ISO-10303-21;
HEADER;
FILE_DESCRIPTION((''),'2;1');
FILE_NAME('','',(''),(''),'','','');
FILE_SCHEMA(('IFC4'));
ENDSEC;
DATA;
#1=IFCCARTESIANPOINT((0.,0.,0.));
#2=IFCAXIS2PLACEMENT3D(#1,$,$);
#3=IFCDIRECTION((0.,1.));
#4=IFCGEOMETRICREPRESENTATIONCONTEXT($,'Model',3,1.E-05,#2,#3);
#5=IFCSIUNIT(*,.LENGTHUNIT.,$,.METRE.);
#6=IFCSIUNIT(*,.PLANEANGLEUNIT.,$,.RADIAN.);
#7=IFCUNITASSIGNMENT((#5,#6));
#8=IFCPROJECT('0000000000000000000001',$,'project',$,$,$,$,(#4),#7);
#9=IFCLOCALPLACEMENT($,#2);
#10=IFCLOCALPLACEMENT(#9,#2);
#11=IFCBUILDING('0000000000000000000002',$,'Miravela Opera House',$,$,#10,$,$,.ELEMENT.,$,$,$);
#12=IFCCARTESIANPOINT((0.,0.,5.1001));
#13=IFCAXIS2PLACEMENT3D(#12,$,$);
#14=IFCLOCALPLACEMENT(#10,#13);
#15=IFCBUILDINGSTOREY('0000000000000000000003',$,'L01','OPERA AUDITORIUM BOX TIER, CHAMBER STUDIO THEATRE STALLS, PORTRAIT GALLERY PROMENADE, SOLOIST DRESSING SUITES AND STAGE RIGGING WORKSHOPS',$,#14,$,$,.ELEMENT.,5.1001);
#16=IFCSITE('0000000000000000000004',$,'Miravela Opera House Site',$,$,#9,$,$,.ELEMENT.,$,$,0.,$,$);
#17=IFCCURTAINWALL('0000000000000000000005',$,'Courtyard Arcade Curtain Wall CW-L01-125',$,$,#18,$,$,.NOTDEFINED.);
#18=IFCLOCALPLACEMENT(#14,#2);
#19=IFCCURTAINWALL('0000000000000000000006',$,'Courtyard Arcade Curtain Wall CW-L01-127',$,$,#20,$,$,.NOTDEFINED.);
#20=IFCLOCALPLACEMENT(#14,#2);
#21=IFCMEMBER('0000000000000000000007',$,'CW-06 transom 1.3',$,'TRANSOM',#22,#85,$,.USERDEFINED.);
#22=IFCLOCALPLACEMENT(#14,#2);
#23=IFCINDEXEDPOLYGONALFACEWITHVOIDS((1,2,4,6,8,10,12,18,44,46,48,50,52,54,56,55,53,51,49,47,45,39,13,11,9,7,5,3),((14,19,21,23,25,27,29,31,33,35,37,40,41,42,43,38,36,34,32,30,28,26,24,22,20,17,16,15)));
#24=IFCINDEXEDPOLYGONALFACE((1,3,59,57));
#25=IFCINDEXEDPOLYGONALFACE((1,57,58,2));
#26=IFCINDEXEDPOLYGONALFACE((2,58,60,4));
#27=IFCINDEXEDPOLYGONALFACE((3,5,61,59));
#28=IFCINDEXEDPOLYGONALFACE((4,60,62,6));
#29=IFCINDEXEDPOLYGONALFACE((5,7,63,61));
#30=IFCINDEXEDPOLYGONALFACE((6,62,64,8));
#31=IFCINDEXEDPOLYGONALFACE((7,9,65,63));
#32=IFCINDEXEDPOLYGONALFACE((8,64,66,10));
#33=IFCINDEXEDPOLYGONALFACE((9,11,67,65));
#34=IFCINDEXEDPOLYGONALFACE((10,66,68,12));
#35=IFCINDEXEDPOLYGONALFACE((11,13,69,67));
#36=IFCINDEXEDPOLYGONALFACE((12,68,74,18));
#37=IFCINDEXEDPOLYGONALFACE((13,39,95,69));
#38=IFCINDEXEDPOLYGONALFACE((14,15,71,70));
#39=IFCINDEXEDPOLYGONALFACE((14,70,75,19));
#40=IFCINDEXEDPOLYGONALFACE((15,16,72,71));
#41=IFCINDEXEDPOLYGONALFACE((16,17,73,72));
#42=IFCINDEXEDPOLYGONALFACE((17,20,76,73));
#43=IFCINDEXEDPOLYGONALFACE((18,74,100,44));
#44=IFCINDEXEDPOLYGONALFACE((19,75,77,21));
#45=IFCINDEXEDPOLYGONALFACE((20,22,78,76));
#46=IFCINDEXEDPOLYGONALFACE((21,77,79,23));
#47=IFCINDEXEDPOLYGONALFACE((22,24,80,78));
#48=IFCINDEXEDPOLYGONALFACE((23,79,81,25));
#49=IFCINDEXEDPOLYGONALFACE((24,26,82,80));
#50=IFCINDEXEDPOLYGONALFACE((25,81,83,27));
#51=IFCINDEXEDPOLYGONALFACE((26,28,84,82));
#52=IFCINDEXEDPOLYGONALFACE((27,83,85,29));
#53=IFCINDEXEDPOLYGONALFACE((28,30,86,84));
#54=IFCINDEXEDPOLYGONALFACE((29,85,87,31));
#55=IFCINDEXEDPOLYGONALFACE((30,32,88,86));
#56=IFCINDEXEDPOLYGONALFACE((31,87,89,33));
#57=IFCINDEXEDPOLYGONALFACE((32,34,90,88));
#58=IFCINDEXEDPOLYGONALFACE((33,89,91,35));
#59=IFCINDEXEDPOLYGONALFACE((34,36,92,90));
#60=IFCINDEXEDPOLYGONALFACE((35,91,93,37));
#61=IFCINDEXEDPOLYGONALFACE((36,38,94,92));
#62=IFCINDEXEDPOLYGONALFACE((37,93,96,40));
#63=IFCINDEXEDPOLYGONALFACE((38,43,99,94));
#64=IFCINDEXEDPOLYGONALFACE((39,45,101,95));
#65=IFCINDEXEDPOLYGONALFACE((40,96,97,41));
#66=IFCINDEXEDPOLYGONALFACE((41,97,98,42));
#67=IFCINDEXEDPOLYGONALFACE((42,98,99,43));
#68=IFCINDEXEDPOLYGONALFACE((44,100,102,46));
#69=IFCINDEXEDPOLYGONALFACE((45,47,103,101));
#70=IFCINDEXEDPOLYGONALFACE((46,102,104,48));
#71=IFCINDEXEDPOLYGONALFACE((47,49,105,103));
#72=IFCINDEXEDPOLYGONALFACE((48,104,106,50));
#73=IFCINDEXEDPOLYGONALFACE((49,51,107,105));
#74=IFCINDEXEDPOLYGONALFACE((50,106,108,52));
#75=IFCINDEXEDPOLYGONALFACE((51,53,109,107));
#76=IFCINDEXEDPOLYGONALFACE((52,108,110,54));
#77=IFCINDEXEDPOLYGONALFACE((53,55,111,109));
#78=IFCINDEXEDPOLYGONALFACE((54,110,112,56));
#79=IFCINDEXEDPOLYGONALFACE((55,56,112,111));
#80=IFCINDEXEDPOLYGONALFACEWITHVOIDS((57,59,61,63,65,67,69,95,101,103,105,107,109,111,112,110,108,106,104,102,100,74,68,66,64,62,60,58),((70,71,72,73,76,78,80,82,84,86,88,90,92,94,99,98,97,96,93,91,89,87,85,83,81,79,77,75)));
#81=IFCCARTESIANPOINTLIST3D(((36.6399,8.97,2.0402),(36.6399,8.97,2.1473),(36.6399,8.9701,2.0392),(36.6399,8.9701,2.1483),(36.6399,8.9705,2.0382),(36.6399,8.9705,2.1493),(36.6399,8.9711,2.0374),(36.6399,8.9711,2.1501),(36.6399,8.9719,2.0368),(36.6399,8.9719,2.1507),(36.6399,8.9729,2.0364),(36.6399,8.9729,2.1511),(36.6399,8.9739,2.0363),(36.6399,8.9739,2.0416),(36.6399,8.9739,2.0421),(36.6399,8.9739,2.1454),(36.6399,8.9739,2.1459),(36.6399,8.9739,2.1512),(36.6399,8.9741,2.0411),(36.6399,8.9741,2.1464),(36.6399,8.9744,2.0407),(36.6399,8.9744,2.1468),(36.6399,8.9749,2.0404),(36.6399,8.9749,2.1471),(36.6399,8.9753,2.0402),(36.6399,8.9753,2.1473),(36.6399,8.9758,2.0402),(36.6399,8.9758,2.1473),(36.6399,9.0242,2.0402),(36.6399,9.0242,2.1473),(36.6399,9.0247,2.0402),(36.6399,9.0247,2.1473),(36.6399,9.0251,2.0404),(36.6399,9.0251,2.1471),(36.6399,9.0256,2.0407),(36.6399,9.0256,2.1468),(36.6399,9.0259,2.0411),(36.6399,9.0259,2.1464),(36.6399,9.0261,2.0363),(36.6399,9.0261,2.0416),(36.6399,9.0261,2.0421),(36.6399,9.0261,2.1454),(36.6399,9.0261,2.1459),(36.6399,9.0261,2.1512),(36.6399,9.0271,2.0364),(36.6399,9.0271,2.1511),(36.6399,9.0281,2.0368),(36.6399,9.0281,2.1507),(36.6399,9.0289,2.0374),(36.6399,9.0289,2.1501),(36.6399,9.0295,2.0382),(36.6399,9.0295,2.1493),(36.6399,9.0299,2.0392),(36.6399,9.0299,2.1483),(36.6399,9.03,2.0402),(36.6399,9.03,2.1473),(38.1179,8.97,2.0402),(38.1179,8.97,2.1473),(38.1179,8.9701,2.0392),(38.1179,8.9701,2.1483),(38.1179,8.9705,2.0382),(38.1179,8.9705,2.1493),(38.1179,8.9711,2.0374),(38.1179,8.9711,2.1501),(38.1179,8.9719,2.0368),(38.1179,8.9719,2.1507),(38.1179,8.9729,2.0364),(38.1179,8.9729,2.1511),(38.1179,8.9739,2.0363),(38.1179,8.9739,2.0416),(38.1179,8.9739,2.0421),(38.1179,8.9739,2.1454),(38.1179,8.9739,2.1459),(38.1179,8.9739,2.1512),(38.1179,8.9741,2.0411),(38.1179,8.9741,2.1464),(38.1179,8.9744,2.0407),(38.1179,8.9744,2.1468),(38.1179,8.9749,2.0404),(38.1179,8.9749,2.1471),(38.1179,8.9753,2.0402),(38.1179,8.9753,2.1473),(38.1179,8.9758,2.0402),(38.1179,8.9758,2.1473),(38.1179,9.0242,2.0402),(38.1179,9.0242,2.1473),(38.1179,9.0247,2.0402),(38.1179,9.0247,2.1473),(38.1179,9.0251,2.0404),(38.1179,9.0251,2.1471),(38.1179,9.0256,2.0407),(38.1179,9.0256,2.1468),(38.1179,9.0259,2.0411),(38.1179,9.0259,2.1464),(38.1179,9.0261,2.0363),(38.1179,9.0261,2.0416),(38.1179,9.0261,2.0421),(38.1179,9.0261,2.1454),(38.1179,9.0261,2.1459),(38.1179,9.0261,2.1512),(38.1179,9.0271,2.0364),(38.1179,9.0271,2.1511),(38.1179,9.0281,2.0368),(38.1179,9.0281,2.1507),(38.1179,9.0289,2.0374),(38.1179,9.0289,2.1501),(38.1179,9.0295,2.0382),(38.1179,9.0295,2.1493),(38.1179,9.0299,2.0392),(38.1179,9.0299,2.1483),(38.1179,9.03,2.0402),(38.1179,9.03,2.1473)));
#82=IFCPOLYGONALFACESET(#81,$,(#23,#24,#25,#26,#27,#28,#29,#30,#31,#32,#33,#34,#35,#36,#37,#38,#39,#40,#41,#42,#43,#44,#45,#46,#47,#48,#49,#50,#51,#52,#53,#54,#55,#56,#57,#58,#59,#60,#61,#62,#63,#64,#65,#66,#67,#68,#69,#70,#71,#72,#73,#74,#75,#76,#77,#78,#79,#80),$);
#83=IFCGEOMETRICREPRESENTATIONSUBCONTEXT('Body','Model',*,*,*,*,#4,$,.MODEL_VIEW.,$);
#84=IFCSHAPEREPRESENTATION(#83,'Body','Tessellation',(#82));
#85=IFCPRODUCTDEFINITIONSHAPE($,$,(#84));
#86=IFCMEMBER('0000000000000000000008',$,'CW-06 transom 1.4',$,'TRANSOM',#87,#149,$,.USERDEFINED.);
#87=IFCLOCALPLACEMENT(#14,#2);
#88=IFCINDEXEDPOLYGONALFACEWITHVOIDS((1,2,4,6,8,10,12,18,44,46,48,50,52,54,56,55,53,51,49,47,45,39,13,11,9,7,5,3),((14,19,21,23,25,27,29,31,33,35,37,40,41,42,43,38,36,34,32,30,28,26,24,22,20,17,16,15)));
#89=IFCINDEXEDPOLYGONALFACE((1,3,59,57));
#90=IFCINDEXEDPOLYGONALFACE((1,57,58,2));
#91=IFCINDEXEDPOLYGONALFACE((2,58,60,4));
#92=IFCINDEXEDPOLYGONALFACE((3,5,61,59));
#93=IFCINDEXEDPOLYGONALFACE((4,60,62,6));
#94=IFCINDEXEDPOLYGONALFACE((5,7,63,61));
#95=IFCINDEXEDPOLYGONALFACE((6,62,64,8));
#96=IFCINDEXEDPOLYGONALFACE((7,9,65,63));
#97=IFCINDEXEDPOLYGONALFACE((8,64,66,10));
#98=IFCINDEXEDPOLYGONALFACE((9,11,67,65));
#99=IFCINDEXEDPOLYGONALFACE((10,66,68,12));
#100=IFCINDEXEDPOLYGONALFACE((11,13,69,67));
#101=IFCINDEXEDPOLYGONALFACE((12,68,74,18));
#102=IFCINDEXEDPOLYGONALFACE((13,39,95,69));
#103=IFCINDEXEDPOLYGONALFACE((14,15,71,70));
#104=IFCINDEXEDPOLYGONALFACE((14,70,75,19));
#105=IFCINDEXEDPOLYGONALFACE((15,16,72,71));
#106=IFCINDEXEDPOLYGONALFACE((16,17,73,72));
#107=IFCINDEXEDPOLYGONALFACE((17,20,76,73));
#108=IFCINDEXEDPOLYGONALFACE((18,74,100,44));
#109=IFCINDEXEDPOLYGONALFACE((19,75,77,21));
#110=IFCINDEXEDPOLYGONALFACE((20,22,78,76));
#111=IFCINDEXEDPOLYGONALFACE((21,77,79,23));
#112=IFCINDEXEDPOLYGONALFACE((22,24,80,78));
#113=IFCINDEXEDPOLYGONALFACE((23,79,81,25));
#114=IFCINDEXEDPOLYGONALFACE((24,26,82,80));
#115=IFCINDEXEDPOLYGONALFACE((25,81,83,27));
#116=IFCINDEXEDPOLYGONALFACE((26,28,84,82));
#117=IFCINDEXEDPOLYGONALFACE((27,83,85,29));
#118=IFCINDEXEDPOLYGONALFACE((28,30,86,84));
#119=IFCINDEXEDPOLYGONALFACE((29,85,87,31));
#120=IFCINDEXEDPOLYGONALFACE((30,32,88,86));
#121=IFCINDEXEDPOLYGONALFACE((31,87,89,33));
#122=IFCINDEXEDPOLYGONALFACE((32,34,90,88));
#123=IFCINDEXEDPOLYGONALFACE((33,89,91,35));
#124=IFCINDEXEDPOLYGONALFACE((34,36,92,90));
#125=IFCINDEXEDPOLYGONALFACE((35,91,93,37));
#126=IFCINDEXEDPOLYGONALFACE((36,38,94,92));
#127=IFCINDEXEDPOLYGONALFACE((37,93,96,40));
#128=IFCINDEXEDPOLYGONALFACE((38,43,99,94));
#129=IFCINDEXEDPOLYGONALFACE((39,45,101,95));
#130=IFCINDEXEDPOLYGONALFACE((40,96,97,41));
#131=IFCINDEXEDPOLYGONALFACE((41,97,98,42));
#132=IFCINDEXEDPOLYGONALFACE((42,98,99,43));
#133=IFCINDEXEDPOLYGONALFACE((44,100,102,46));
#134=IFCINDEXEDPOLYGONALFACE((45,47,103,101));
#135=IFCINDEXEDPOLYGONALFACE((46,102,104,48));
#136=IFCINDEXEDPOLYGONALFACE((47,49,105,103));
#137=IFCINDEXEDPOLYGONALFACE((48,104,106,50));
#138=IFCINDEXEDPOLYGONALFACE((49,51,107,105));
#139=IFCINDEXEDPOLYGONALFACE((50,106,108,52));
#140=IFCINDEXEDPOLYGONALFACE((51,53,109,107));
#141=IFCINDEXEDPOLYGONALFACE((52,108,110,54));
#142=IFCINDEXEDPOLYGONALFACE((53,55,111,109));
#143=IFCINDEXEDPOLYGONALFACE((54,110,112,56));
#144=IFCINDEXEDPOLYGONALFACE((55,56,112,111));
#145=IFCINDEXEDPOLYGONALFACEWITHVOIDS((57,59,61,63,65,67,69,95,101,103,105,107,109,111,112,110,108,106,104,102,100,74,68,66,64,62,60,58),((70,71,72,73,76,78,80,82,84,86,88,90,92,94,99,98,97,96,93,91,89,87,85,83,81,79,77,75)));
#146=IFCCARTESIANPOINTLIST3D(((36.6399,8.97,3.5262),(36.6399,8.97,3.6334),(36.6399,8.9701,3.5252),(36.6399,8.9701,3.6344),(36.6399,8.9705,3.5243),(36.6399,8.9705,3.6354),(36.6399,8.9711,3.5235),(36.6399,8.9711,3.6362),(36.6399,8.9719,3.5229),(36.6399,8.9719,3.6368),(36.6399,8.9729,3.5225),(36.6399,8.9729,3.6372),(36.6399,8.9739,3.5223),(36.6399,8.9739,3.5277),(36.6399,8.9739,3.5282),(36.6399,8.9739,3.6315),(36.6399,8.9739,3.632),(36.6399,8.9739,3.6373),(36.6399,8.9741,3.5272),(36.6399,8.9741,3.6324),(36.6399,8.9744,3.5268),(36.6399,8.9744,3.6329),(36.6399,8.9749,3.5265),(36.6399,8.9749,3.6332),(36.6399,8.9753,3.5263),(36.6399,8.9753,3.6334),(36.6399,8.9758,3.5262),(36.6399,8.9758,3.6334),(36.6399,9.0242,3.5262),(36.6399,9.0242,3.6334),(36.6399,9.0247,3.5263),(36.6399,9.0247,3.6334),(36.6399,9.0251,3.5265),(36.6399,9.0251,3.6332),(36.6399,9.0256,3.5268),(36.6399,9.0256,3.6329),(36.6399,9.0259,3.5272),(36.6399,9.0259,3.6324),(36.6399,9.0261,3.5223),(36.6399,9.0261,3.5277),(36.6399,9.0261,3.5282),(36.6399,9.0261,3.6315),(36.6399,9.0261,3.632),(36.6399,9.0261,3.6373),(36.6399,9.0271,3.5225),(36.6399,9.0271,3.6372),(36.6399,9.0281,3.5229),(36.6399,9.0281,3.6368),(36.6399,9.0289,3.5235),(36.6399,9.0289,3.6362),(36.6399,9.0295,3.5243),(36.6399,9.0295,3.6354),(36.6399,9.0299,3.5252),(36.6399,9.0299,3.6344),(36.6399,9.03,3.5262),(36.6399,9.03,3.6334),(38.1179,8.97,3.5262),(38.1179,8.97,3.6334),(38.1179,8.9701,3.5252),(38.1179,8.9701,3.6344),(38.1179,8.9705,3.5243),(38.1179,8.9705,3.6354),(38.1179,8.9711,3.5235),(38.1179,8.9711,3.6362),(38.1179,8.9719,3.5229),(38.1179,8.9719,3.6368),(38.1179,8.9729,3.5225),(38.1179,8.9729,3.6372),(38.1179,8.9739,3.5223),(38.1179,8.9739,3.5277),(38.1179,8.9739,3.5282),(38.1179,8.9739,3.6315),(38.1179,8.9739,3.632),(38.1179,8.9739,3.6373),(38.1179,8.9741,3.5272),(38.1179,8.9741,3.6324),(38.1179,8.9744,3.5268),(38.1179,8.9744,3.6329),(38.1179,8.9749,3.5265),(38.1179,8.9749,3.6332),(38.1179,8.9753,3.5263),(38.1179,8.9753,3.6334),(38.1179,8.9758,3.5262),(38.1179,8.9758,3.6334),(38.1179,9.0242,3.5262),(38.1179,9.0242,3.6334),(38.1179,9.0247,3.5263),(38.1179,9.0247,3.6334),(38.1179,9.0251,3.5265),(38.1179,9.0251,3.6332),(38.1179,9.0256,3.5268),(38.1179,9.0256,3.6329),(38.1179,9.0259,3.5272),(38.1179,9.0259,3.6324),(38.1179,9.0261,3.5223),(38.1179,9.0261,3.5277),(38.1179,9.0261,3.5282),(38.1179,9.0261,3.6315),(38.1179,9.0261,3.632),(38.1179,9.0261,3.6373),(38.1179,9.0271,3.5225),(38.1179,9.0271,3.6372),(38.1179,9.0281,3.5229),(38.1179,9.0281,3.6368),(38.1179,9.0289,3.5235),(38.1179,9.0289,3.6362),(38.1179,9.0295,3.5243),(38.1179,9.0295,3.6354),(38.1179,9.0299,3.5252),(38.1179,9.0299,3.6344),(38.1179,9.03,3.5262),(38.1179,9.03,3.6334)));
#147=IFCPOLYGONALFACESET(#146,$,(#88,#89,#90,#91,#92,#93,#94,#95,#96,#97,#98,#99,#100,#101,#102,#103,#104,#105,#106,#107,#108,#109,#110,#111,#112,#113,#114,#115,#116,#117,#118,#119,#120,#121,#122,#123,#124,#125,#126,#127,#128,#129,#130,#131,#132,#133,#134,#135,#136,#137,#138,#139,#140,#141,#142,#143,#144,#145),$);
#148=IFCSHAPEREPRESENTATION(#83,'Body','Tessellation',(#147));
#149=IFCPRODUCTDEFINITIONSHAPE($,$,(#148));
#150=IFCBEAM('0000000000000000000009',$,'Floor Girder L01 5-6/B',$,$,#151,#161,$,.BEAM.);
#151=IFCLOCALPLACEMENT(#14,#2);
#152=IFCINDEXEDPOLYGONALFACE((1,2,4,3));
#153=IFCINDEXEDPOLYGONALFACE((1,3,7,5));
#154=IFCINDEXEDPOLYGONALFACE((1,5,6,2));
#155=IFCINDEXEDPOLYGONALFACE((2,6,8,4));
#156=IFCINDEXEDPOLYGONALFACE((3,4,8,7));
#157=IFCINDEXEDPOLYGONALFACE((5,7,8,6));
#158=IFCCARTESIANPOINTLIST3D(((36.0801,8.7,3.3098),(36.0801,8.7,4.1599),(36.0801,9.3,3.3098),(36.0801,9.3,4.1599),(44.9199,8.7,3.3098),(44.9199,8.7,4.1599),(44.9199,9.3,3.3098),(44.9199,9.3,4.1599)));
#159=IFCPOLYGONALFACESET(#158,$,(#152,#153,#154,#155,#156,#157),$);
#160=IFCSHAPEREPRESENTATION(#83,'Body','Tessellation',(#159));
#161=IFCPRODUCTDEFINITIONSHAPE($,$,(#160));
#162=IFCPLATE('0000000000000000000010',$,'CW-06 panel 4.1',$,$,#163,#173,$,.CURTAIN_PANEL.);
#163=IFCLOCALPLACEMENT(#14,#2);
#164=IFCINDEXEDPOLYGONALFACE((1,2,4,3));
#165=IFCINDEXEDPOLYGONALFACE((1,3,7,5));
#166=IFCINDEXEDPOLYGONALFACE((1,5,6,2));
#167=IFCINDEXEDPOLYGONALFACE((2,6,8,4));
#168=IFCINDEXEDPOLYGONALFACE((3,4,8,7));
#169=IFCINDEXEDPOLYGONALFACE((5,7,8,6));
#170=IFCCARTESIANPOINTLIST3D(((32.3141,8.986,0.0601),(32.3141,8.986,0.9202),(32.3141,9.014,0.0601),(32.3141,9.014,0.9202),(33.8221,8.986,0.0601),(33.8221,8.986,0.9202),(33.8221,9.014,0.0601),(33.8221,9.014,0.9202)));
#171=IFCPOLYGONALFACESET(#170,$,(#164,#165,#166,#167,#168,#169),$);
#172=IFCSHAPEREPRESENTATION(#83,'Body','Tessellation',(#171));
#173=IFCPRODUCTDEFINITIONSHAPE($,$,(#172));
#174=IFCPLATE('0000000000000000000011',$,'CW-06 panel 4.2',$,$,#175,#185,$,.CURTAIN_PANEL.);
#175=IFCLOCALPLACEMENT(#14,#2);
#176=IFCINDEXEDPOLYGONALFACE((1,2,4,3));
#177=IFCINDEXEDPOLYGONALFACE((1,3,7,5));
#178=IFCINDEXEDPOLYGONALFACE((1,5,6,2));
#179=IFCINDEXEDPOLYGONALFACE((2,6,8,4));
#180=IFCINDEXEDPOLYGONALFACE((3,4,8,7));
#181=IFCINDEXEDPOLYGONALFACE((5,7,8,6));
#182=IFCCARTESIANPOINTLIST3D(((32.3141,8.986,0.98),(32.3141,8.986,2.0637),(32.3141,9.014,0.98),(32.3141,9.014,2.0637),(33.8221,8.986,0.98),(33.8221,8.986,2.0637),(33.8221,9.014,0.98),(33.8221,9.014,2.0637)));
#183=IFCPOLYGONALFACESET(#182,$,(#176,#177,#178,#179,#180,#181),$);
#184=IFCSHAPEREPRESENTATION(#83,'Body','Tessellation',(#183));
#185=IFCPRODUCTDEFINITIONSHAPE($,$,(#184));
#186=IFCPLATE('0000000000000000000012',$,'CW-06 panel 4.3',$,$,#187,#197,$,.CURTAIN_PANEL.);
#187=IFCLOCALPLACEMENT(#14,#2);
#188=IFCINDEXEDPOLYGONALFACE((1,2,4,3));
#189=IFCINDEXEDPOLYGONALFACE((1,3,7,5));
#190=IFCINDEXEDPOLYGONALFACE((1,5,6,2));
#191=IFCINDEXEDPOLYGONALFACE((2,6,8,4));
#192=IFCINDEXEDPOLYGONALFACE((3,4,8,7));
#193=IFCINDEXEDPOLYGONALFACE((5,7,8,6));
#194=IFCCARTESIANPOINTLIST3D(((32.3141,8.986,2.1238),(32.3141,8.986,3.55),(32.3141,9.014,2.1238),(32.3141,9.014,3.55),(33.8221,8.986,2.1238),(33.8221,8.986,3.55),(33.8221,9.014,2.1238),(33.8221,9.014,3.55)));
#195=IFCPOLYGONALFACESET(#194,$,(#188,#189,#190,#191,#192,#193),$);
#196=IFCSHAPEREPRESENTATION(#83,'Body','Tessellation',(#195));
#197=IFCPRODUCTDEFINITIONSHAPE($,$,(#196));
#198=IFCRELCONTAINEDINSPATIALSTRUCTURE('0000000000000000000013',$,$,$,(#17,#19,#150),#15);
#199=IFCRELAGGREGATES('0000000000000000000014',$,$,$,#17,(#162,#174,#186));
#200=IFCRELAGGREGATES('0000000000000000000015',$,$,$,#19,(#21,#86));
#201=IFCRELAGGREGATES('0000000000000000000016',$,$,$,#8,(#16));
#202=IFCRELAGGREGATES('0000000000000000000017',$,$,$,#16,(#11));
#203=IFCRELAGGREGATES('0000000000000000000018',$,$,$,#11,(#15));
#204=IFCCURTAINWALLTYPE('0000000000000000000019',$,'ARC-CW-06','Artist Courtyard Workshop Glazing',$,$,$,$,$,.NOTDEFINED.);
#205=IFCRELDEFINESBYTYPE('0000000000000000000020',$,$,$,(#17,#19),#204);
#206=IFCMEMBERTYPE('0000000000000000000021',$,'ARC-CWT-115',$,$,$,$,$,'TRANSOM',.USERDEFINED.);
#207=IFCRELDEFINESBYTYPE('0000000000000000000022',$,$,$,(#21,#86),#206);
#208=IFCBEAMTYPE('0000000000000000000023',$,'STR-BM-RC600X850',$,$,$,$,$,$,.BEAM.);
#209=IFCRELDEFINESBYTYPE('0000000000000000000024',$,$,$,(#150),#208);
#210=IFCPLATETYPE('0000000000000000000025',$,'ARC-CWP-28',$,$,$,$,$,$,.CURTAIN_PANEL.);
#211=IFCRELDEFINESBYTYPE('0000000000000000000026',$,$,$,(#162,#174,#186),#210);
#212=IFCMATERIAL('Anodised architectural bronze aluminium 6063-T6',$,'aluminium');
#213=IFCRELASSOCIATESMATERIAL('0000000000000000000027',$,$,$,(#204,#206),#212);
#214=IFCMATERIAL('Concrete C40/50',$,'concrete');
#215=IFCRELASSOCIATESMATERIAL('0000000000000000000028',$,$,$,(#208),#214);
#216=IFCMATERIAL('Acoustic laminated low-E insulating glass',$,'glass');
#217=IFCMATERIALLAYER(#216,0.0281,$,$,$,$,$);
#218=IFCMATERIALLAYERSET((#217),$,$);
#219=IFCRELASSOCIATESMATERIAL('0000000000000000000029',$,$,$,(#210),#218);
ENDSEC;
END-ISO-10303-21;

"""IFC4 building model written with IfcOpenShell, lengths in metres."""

from ifc_helpers import new_model, si_unit, direction, frame, origin, origin_2d, place, context, subcontext, project, spatial, rectangle, hollow_rectangle, extrude, material, layer, layer_set, material_profile, profile_set, type_object, element, aggregate, save


model = new_model("IFC4")

# Units and contexts
model_context = context("Model", 3, precision=1e-05, world=origin(), true_north=direction((0.0, 1.0)))
body_context = subcontext(model_context, "Body", "Model", "MODEL_VIEW")
ifc_project = project(units=[si_unit("LENGTHUNIT", "METRE"), si_unit("PLANEANGLEUNIT", "RADIAN")], contexts=[model_context])

# Site, building, storey
site_placement = place(None, origin())
site = spatial("IfcSite", under=ifc_project, at=site_placement, Name="Miravela Opera House Site", CompositionType="ELEMENT", RefElevation=0.0)
building_placement = place(site_placement, origin())
building = spatial("IfcBuilding", under=site, at=building_placement, Name="Miravela Opera House", CompositionType="ELEMENT")
storey_placement = place(building_placement, frame((0.0, 0.0, 5.1001)))
storey = spatial("IfcBuildingStorey", under=building, at=storey_placement, Name="L01", Description="OPERA AUDITORIUM BOX TIER, CHAMBER STUDIO THEATRE STALLS, PORTRAIT GALLERY PROMENADE, SOLOIST DRESSING SUITES AND STAGE RIGGING WORKSHOPS", CompositionType="ELEMENT", Elevation=5.1001)

# Curtain wall
ifc_material_1 = material(Name="Anodised architectural bronze aluminium 6063-T6", Category="aluminium")
curtain_wall_type = type_object("IfcCurtainWallType", Name="ARC-CW-06", Description="Artist Courtyard Workshop Glazing", PredefinedType="NOTDEFINED", material=ifc_material_1)
curtain_wall_1_placement = place(storey_placement, origin())
curtain_wall_1 = element("IfcCurtainWall", 1, at=curtain_wall_1_placement, inside=storey, type_object=curtain_wall_type, Name="Courtyard Arcade Curtain Wall CW-L01-125", PredefinedType="NOTDEFINED")

# Curtain wall
curtain_wall_2_placement = place(storey_placement, origin())
curtain_wall_2 = element("IfcCurtainWall", 2, at=curtain_wall_2_placement, inside=storey, type_object=curtain_wall_type, Name="Courtyard Arcade Curtain Wall CW-L01-127", PredefinedType="NOTDEFINED")

# Members
ifc_material_profile_1 = material_profile(ifc_material_1, hollow_rectangle(XDim=0.0601, YDim=0.115, WallThickness=0.0039, InnerFilletRadius=0.002, OuterFilletRadius=0.0039, at=origin_2d()), Name="CWT-60X115")
ifc_profile_set_1 = profile_set([ifc_material_profile_1])
member_type_1 = type_object("IfcMemberType", Name="ARC-CWT-115", ElementType="TRANSOM", PredefinedType="USERDEFINED", material=ifc_profile_set_1)
member_1_placement = place(storey_placement, frame((36.6399, 9.0, 2.0938), z_axis=(1.0, 0.0, 0.0), x_axis=(0.0, 1.0, 0.0)))
member_1 = element("IfcMember", 3, at=member_1_placement, type_object=member_type_1, Name="CW-06 transom 1.3", ObjectType="TRANSOM", PredefinedType="USERDEFINED", context=body_context, shape_type="SweptSolid", body=[
    extrude(hollow_rectangle(XDim=0.0601, YDim=0.115, WallThickness=0.0039, InnerFilletRadius=0.002, OuterFilletRadius=0.0039, at=origin_2d()), origin(), (0.0, 0.0, 1.0), 1.478),
])
member_2_placement = place(storey_placement, frame((36.6399, 9.0, 3.5798), z_axis=(1.0, 0.0, 0.0), x_axis=(0.0, 1.0, 0.0)))
member_2 = element("IfcMember", 4, at=member_2_placement, type_object=member_type_1, Name="CW-06 transom 1.4", ObjectType="TRANSOM", PredefinedType="USERDEFINED", context=body_context, shape_type="SweptSolid", body=[
    extrude(hollow_rectangle(XDim=0.0601, YDim=0.115, WallThickness=0.0039, InnerFilletRadius=0.002, OuterFilletRadius=0.0039, at=origin_2d()), origin(), (0.0, 0.0, 1.0), 1.478),
])

# Beam
ifc_material_2 = material(Name="Concrete C40/50", Category="concrete")
ifc_material_profile_2 = material_profile(ifc_material_2, rectangle(XDim=0.6001, YDim=0.8501, at=origin_2d()), Name="RC-BM-600X850")
ifc_profile_set_2 = profile_set([ifc_material_profile_2])
beam_type = type_object("IfcBeamType", Name="STR-BM-RC600X850", PredefinedType="BEAM", material=ifc_profile_set_2)
beam_placement = place(storey_placement, frame((36.0801, 9.0, 3.7349), z_axis=(1.0, 0.0, 0.0), x_axis=(0.0, 1.0, 0.0)))
element("IfcBeam", 5, at=beam_placement, inside=storey, type_object=beam_type, Name="Floor Girder L01 5-6/B", PredefinedType="BEAM", context=body_context, shape_type="SweptSolid", body=[
    extrude(rectangle(XDim=0.6001, YDim=0.8501, at=origin_2d()), origin(), (0.0, 0.0, 1.0), 8.8398),
])

# Plates
ifc_material_3 = material(Name="Acoustic laminated low-E insulating glass", Category="glass")
ifc_layer = layer(ifc_material_3, 0.0281)
ifc_layer_set = layer_set([ifc_layer])
plate_type = type_object("IfcPlateType", Name="ARC-CWP-28", PredefinedType="CURTAIN_PANEL", material=ifc_layer_set)
plate_1_placement = place(storey_placement, frame((33.0681, 9.0, 0.0601), z_axis=(0.0, 0.0, 1.0), x_axis=(1.0, 0.0, 0.0)))
plate_1 = element("IfcPlate", 6, at=plate_1_placement, type_object=plate_type, Name="CW-06 panel 4.1", PredefinedType="CURTAIN_PANEL", context=body_context, shape_type="SweptSolid", body=[
    extrude(rectangle(XDim=1.5081, YDim=0.0281, at=origin_2d()), origin(), (0.0, 0.0, 1.0), 0.8601),
])
plate_2_placement = place(storey_placement, frame((33.0681, 9.0, 0.98), z_axis=(0.0, 0.0, 1.0), x_axis=(1.0, 0.0, 0.0)))
plate_2 = element("IfcPlate", 7, at=plate_2_placement, type_object=plate_type, Name="CW-06 panel 4.2", PredefinedType="CURTAIN_PANEL", context=body_context, shape_type="SweptSolid", body=[
    extrude(rectangle(XDim=1.5081, YDim=0.0281, at=origin_2d()), origin(), (0.0, 0.0, 1.0), 1.0837),
])
plate_3_placement = place(storey_placement, frame((33.0681, 9.0, 2.1238), z_axis=(0.0, 0.0, 1.0), x_axis=(1.0, 0.0, 0.0)))
plate_3 = element("IfcPlate", 8, at=plate_3_placement, type_object=plate_type, Name="CW-06 panel 4.3", PredefinedType="CURTAIN_PANEL", context=body_context, shape_type="SweptSolid", body=[
    extrude(rectangle(XDim=1.5081, YDim=0.0281, at=origin_2d()), origin(), (0.0, 0.0, 1.0), 1.4263),
])
aggregate(curtain_wall_1, [plate_1, plate_2, plate_3])
aggregate(curtain_wall_2, [member_1, member_2])

save(model, "model.ifc")
